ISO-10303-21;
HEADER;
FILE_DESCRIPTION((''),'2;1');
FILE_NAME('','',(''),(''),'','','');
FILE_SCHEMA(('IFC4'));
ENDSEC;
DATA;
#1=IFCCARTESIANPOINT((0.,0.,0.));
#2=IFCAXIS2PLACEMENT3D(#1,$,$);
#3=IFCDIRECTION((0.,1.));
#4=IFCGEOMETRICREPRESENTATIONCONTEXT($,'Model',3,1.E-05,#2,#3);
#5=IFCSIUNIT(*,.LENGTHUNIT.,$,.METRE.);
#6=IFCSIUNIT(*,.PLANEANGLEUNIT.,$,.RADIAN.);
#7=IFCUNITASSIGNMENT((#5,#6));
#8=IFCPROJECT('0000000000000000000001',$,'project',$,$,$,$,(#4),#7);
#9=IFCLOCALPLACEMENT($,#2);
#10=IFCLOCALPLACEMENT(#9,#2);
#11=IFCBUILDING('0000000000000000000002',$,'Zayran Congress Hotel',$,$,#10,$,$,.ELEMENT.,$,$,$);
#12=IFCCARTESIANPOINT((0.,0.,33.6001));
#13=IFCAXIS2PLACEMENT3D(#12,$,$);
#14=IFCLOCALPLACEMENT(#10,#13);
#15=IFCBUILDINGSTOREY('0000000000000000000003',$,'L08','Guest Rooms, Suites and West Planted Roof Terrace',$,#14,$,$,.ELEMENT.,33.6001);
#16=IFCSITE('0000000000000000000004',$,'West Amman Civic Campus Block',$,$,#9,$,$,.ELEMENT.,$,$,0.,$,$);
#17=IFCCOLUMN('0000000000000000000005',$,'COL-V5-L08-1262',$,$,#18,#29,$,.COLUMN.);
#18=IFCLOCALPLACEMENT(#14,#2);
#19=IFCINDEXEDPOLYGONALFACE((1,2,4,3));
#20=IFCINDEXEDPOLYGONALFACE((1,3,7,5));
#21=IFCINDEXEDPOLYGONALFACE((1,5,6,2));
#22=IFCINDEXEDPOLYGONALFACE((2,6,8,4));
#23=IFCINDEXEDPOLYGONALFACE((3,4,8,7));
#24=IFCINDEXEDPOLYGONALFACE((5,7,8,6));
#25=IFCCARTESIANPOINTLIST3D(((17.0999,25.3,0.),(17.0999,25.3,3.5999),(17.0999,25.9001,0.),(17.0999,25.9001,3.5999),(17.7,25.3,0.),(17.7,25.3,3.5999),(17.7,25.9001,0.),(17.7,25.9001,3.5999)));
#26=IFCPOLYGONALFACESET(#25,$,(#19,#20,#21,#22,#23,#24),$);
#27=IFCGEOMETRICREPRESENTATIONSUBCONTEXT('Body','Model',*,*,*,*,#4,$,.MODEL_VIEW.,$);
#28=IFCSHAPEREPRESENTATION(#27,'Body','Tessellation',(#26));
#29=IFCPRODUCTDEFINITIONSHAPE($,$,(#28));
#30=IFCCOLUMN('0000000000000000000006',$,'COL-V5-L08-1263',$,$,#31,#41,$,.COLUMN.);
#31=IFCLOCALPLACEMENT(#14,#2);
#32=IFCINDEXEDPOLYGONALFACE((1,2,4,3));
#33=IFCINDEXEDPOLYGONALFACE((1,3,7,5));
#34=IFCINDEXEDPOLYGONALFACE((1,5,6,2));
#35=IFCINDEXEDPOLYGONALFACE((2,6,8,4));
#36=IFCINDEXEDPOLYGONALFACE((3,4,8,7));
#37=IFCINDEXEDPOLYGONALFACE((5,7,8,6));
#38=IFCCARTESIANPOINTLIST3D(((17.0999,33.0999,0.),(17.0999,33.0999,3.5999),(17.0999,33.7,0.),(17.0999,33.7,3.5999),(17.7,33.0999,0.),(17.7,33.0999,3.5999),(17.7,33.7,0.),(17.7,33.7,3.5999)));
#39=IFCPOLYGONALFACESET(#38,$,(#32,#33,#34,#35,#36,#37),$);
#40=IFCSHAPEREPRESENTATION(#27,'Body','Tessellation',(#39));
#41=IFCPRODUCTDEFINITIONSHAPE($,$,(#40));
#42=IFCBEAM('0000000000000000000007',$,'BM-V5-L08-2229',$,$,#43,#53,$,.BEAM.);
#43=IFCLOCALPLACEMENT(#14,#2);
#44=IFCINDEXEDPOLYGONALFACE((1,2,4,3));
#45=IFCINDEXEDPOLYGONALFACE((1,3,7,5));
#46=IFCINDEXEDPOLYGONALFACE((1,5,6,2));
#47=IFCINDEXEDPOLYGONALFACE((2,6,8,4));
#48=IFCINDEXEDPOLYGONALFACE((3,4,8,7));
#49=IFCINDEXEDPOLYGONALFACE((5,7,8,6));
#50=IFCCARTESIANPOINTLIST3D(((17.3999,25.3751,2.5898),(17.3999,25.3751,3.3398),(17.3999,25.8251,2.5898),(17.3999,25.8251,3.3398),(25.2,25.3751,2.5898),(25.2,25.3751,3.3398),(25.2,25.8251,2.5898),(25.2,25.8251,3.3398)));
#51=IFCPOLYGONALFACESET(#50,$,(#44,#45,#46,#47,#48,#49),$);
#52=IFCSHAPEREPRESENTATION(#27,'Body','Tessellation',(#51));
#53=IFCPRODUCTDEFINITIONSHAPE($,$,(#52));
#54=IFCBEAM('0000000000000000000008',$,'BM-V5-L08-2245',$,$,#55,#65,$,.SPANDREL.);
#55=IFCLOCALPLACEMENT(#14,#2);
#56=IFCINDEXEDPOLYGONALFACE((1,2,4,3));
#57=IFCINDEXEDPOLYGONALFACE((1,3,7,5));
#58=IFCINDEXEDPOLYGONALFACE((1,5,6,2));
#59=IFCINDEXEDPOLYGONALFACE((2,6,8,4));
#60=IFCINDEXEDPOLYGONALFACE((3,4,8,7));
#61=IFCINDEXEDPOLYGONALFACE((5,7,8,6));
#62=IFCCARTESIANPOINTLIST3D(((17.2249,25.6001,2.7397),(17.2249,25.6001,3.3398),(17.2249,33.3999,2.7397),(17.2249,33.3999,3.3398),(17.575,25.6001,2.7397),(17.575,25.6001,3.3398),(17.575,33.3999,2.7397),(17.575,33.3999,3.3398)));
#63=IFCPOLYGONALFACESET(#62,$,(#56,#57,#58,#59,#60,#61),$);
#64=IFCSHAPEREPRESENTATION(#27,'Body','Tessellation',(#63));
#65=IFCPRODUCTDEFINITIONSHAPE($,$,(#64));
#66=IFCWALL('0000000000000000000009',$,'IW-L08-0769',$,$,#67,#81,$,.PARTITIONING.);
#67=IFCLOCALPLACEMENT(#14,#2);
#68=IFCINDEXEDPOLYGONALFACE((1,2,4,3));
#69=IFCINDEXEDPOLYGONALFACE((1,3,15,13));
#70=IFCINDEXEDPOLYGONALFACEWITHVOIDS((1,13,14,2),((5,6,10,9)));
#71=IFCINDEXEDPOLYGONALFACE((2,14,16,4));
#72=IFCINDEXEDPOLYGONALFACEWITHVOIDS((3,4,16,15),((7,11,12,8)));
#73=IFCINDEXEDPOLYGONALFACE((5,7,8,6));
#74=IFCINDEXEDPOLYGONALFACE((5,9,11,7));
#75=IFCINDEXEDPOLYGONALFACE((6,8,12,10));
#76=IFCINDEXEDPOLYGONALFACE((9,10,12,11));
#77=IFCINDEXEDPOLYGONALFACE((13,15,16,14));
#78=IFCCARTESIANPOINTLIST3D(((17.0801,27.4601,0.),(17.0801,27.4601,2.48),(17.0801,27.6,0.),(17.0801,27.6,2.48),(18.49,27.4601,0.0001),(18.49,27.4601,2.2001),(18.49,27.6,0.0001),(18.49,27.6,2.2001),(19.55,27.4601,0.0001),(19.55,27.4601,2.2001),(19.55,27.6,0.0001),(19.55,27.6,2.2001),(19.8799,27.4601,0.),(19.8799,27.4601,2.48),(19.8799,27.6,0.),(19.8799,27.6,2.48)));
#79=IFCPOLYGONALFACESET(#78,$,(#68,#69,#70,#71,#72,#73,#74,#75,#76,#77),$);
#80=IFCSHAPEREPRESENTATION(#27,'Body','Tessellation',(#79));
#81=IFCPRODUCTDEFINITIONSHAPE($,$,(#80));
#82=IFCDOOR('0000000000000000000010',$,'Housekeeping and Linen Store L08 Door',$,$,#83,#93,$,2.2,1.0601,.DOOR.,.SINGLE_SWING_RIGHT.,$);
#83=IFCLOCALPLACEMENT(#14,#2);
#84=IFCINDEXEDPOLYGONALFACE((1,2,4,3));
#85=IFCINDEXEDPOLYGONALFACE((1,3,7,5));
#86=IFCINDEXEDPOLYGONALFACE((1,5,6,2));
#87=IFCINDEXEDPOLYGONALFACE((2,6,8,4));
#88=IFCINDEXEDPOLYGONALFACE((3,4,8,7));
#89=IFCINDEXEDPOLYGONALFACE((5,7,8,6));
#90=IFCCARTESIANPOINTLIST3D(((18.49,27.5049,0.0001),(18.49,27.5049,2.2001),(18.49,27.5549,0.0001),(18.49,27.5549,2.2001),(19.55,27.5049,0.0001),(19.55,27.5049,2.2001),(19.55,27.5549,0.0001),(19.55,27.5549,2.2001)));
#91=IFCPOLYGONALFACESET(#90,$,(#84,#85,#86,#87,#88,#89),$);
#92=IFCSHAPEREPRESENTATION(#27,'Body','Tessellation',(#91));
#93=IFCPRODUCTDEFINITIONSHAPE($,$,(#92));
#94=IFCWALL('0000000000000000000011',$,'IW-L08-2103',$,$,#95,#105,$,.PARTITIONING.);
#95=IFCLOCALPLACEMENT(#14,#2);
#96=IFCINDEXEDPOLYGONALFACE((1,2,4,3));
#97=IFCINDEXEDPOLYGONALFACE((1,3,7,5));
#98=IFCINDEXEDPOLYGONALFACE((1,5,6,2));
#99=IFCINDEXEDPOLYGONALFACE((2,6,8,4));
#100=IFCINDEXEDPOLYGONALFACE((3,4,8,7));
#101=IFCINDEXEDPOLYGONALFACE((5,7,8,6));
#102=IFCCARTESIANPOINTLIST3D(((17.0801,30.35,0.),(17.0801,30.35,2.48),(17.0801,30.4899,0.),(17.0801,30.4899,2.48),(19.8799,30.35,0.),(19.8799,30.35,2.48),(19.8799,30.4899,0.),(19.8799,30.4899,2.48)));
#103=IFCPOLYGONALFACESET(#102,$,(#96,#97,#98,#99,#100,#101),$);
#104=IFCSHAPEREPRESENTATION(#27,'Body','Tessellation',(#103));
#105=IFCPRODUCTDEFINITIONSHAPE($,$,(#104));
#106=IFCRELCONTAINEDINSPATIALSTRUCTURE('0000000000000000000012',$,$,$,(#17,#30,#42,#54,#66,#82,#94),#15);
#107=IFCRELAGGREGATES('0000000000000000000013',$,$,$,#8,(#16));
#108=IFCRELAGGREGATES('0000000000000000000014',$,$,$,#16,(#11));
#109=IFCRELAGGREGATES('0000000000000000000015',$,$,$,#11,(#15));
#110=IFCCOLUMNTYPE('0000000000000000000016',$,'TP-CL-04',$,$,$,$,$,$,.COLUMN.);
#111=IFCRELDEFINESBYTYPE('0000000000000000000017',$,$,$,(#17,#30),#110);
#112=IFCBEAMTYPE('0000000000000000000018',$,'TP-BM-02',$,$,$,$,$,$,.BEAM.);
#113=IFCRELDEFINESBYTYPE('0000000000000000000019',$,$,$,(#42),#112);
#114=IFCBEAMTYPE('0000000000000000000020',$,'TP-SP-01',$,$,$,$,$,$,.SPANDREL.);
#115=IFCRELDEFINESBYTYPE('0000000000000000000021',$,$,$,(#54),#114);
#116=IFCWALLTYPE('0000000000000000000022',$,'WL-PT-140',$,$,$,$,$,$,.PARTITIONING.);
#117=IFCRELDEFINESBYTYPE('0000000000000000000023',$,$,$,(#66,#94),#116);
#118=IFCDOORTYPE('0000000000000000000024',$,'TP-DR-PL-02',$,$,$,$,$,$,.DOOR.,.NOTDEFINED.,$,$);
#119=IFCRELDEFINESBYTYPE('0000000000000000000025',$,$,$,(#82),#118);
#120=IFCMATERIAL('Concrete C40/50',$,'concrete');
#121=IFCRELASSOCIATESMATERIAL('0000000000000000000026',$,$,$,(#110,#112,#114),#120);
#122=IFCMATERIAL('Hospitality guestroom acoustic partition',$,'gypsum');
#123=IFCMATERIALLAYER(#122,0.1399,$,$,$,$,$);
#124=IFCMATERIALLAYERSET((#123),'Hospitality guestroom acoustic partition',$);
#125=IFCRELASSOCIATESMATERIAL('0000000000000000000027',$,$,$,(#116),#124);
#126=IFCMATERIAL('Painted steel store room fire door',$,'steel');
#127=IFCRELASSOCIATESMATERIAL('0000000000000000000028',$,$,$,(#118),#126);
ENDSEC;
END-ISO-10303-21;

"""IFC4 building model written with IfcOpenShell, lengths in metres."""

from ifc_helpers import new_model, si_unit, direction, frame, frame_2d, origin, origin_2d, place, context, subcontext, project, spatial, rectangle, extrude, material, layer, layer_set, material_profile, profile_set, type_object, element, fill, save


model = new_model("IFC4")

# Units and contexts
model_context = context("Model", 3, precision=1e-05, world=origin(), true_north=direction((0.0, 1.0)))
body_context = subcontext(model_context, "Body", "Model", "MODEL_VIEW")
ifc_project = project(units=[si_unit("LENGTHUNIT", "METRE"), si_unit("PLANEANGLEUNIT", "RADIAN")], contexts=[model_context])

# Site, building, storey
site_placement = place(None, origin())
site = spatial("IfcSite", under=ifc_project, at=site_placement, Name="West Amman Civic Campus Block", CompositionType="ELEMENT", RefElevation=0.0)
building_placement = place(site_placement, origin())
building = spatial("IfcBuilding", under=site, at=building_placement, Name="Zayran Congress Hotel", CompositionType="ELEMENT")
storey_placement = place(building_placement, frame((0.0, 0.0, 33.6001)))
storey = spatial("IfcBuildingStorey", under=building, at=storey_placement, Name="L08", Description="Guest Rooms, Suites and West Planted Roof Terrace", CompositionType="ELEMENT", Elevation=33.6001)

# Columns
ifc_material_1 = material(Name="Concrete C40/50", Category="concrete")
ifc_material_profile_1 = material_profile(ifc_material_1, rectangle(XDim=0.6001, YDim=0.6001, at=origin_2d()), Name="RC 600x600")
ifc_profile_set_1 = profile_set([ifc_material_profile_1], Name="Concrete C40/50")
column_type = type_object("IfcColumnType", Name="TP-CL-04", PredefinedType="COLUMN", material=ifc_profile_set_1)
for number, where, z_axis, x_axis, name in (
    (1, (17.3999, 25.6001, 0.0), (0.0, 0.0, 1.0), (1.0, 0.0, 0.0), "COL-V5-L08-1262"),
    (2, (17.3999, 33.3999, 0.0), (0.0, 0.0, 1.0), (1.0, 0.0, 0.0), "COL-V5-L08-1263"),
):
    element("IfcColumn", number, at=place(storey_placement, frame(where, z_axis=z_axis, x_axis=x_axis)), inside=storey, type_object=column_type, Name=name, PredefinedType="COLUMN", context=body_context, shape_type="SweptSolid", body=[
        extrude(rectangle(XDim=0.6001, YDim=0.6001, at=origin_2d()), origin(), (0.0, 0.0, 1.0), 3.5999),
    ])

# Beams
ifc_material_profile_2 = material_profile(ifc_material_1, rectangle(XDim=0.45, YDim=0.75, at=origin_2d()), Name="RC 450x750")
ifc_profile_set_2 = profile_set([ifc_material_profile_2], Name="Concrete C40/50")
beam_type_1 = type_object("IfcBeamType", Name="TP-BM-02", PredefinedType="BEAM", material=ifc_profile_set_2)
beam_1_placement = place(storey_placement, frame((17.3999, 25.6001, 2.9648), z_axis=(1.0, 0.0, 0.0), x_axis=(0.0, 1.0, 0.0)))
element("IfcBeam", 3, at=beam_1_placement, inside=storey, type_object=beam_type_1, Name="BM-V5-L08-2229", PredefinedType="BEAM", context=body_context, shape_type="SweptSolid", body=[
    extrude(rectangle(XDim=0.45, YDim=0.75, at=origin_2d()), origin(), (0.0, 0.0, 1.0), 7.8),
])
ifc_material_profile_3 = material_profile(ifc_material_1, rectangle(XDim=0.3501, YDim=0.6001, at=origin_2d()), Name="RC 350x600")
ifc_profile_set_3 = profile_set([ifc_material_profile_3], Name="Concrete C40/50")
beam_type_2 = type_object("IfcBeamType", Name="TP-SP-01", PredefinedType="SPANDREL", material=ifc_profile_set_3)
beam_2_placement = place(storey_placement, frame((17.3999, 25.6001, 3.0398), z_axis=(0.0, 1.0, 0.0), x_axis=(-1.0, 0.0, 0.0)))
element("IfcBeam", 4, at=beam_2_placement, inside=storey, type_object=beam_type_2, Name="BM-V5-L08-2245", PredefinedType="SPANDREL", context=body_context, shape_type="SweptSolid", body=[
    extrude(rectangle(XDim=0.3501, YDim=0.6001, at=origin_2d()), origin(), (0.0, 0.0, 1.0), 7.7998),
])

# Wall, opening, door
ifc_material_2 = material(Name="Hospitality guestroom acoustic partition", Category="gypsum")
ifc_layer_1 = layer(ifc_material_2, 0.1399)
ifc_layer_set_1 = layer_set([ifc_layer_1], Name="Hospitality guestroom acoustic partition")
wall_type_1 = type_object("IfcWallType", Name="WL-PT-140", PredefinedType="PARTITIONING", material=ifc_layer_set_1)
wall_1_placement = place(storey_placement, frame((17.0801, 27.53, 0.0), z_axis=(0.0, 0.0, 1.0), x_axis=(1.0, 0.0, 0.0)))
wall_1 = element("IfcWall", 5, at=wall_1_placement, inside=storey, type_object=wall_type_1, Name="IW-L08-0769", PredefinedType="PARTITIONING", context=body_context, shape_type="SweptSolid", body=[
    extrude(rectangle(XDim=2.7998, YDim=0.1399, at=frame_2d((1.3999, 0.0))), origin(), (0.0, 0.0, 1.0), 2.48),
])
opening_1_placement = place(wall_1_placement, frame((1.4099, 0.0, 0.0)))
opening_1 = element("IfcOpeningElement", 6, at=opening_1_placement, cuts=wall_1, PredefinedType="OPENING", context=body_context, shape_type="SweptSolid", body=[
    extrude(rectangle(XDim=1.0601, YDim=2.2, at=frame_2d((0.53, 1.1001))), frame((0.0, 0.0798, 0.0), z_axis=(0.0, -1.0, 0.0), x_axis=(1.0, 0.0, 0.0)), (0.0, 0.0, 1.0), 0.1599),
])
ifc_material_3 = material(Name="Painted steel store room fire door", Category="steel")
door_type = type_object("IfcDoorType", Name="TP-DR-PL-02", OperationType="NOTDEFINED", PredefinedType="DOOR", material=ifc_material_3)
door_placement = place(opening_1_placement, origin())
door = element("IfcDoor", 7, at=door_placement, inside=storey, type_object=door_type, Name="Housekeeping and Linen Store L08 Door", OperationType="SINGLE_SWING_RIGHT", OverallHeight=2.2, OverallWidth=1.0601, PredefinedType="DOOR", context=body_context, shape_type="SweptSolid", body=[
    extrude(rectangle(XDim=1.0601, YDim=2.2, at=frame_2d((0.53, 1.1001))), frame((0.0, 0.0249, 0.0), z_axis=(0.0, -1.0, 0.0), x_axis=(1.0, 0.0, 0.0)), (0.0, 0.0, 1.0), 0.05),
])
fill(opening_1, door)

# Wall
wall_2_placement = place(storey_placement, frame((17.0801, 30.4199, 0.0), z_axis=(0.0, 0.0, 1.0), x_axis=(1.0, 0.0, 0.0)))
element("IfcWall", 8, at=wall_2_placement, inside=storey, type_object=wall_type_1, Name="IW-L08-2103", PredefinedType="PARTITIONING", context=body_context, shape_type="SweptSolid", body=[
    extrude(rectangle(XDim=2.7998, YDim=0.1399, at=frame_2d((1.3999, 0.0))), origin(), (0.0, 0.0, 1.0), 2.48),
])

save(model, "model.ifc")
